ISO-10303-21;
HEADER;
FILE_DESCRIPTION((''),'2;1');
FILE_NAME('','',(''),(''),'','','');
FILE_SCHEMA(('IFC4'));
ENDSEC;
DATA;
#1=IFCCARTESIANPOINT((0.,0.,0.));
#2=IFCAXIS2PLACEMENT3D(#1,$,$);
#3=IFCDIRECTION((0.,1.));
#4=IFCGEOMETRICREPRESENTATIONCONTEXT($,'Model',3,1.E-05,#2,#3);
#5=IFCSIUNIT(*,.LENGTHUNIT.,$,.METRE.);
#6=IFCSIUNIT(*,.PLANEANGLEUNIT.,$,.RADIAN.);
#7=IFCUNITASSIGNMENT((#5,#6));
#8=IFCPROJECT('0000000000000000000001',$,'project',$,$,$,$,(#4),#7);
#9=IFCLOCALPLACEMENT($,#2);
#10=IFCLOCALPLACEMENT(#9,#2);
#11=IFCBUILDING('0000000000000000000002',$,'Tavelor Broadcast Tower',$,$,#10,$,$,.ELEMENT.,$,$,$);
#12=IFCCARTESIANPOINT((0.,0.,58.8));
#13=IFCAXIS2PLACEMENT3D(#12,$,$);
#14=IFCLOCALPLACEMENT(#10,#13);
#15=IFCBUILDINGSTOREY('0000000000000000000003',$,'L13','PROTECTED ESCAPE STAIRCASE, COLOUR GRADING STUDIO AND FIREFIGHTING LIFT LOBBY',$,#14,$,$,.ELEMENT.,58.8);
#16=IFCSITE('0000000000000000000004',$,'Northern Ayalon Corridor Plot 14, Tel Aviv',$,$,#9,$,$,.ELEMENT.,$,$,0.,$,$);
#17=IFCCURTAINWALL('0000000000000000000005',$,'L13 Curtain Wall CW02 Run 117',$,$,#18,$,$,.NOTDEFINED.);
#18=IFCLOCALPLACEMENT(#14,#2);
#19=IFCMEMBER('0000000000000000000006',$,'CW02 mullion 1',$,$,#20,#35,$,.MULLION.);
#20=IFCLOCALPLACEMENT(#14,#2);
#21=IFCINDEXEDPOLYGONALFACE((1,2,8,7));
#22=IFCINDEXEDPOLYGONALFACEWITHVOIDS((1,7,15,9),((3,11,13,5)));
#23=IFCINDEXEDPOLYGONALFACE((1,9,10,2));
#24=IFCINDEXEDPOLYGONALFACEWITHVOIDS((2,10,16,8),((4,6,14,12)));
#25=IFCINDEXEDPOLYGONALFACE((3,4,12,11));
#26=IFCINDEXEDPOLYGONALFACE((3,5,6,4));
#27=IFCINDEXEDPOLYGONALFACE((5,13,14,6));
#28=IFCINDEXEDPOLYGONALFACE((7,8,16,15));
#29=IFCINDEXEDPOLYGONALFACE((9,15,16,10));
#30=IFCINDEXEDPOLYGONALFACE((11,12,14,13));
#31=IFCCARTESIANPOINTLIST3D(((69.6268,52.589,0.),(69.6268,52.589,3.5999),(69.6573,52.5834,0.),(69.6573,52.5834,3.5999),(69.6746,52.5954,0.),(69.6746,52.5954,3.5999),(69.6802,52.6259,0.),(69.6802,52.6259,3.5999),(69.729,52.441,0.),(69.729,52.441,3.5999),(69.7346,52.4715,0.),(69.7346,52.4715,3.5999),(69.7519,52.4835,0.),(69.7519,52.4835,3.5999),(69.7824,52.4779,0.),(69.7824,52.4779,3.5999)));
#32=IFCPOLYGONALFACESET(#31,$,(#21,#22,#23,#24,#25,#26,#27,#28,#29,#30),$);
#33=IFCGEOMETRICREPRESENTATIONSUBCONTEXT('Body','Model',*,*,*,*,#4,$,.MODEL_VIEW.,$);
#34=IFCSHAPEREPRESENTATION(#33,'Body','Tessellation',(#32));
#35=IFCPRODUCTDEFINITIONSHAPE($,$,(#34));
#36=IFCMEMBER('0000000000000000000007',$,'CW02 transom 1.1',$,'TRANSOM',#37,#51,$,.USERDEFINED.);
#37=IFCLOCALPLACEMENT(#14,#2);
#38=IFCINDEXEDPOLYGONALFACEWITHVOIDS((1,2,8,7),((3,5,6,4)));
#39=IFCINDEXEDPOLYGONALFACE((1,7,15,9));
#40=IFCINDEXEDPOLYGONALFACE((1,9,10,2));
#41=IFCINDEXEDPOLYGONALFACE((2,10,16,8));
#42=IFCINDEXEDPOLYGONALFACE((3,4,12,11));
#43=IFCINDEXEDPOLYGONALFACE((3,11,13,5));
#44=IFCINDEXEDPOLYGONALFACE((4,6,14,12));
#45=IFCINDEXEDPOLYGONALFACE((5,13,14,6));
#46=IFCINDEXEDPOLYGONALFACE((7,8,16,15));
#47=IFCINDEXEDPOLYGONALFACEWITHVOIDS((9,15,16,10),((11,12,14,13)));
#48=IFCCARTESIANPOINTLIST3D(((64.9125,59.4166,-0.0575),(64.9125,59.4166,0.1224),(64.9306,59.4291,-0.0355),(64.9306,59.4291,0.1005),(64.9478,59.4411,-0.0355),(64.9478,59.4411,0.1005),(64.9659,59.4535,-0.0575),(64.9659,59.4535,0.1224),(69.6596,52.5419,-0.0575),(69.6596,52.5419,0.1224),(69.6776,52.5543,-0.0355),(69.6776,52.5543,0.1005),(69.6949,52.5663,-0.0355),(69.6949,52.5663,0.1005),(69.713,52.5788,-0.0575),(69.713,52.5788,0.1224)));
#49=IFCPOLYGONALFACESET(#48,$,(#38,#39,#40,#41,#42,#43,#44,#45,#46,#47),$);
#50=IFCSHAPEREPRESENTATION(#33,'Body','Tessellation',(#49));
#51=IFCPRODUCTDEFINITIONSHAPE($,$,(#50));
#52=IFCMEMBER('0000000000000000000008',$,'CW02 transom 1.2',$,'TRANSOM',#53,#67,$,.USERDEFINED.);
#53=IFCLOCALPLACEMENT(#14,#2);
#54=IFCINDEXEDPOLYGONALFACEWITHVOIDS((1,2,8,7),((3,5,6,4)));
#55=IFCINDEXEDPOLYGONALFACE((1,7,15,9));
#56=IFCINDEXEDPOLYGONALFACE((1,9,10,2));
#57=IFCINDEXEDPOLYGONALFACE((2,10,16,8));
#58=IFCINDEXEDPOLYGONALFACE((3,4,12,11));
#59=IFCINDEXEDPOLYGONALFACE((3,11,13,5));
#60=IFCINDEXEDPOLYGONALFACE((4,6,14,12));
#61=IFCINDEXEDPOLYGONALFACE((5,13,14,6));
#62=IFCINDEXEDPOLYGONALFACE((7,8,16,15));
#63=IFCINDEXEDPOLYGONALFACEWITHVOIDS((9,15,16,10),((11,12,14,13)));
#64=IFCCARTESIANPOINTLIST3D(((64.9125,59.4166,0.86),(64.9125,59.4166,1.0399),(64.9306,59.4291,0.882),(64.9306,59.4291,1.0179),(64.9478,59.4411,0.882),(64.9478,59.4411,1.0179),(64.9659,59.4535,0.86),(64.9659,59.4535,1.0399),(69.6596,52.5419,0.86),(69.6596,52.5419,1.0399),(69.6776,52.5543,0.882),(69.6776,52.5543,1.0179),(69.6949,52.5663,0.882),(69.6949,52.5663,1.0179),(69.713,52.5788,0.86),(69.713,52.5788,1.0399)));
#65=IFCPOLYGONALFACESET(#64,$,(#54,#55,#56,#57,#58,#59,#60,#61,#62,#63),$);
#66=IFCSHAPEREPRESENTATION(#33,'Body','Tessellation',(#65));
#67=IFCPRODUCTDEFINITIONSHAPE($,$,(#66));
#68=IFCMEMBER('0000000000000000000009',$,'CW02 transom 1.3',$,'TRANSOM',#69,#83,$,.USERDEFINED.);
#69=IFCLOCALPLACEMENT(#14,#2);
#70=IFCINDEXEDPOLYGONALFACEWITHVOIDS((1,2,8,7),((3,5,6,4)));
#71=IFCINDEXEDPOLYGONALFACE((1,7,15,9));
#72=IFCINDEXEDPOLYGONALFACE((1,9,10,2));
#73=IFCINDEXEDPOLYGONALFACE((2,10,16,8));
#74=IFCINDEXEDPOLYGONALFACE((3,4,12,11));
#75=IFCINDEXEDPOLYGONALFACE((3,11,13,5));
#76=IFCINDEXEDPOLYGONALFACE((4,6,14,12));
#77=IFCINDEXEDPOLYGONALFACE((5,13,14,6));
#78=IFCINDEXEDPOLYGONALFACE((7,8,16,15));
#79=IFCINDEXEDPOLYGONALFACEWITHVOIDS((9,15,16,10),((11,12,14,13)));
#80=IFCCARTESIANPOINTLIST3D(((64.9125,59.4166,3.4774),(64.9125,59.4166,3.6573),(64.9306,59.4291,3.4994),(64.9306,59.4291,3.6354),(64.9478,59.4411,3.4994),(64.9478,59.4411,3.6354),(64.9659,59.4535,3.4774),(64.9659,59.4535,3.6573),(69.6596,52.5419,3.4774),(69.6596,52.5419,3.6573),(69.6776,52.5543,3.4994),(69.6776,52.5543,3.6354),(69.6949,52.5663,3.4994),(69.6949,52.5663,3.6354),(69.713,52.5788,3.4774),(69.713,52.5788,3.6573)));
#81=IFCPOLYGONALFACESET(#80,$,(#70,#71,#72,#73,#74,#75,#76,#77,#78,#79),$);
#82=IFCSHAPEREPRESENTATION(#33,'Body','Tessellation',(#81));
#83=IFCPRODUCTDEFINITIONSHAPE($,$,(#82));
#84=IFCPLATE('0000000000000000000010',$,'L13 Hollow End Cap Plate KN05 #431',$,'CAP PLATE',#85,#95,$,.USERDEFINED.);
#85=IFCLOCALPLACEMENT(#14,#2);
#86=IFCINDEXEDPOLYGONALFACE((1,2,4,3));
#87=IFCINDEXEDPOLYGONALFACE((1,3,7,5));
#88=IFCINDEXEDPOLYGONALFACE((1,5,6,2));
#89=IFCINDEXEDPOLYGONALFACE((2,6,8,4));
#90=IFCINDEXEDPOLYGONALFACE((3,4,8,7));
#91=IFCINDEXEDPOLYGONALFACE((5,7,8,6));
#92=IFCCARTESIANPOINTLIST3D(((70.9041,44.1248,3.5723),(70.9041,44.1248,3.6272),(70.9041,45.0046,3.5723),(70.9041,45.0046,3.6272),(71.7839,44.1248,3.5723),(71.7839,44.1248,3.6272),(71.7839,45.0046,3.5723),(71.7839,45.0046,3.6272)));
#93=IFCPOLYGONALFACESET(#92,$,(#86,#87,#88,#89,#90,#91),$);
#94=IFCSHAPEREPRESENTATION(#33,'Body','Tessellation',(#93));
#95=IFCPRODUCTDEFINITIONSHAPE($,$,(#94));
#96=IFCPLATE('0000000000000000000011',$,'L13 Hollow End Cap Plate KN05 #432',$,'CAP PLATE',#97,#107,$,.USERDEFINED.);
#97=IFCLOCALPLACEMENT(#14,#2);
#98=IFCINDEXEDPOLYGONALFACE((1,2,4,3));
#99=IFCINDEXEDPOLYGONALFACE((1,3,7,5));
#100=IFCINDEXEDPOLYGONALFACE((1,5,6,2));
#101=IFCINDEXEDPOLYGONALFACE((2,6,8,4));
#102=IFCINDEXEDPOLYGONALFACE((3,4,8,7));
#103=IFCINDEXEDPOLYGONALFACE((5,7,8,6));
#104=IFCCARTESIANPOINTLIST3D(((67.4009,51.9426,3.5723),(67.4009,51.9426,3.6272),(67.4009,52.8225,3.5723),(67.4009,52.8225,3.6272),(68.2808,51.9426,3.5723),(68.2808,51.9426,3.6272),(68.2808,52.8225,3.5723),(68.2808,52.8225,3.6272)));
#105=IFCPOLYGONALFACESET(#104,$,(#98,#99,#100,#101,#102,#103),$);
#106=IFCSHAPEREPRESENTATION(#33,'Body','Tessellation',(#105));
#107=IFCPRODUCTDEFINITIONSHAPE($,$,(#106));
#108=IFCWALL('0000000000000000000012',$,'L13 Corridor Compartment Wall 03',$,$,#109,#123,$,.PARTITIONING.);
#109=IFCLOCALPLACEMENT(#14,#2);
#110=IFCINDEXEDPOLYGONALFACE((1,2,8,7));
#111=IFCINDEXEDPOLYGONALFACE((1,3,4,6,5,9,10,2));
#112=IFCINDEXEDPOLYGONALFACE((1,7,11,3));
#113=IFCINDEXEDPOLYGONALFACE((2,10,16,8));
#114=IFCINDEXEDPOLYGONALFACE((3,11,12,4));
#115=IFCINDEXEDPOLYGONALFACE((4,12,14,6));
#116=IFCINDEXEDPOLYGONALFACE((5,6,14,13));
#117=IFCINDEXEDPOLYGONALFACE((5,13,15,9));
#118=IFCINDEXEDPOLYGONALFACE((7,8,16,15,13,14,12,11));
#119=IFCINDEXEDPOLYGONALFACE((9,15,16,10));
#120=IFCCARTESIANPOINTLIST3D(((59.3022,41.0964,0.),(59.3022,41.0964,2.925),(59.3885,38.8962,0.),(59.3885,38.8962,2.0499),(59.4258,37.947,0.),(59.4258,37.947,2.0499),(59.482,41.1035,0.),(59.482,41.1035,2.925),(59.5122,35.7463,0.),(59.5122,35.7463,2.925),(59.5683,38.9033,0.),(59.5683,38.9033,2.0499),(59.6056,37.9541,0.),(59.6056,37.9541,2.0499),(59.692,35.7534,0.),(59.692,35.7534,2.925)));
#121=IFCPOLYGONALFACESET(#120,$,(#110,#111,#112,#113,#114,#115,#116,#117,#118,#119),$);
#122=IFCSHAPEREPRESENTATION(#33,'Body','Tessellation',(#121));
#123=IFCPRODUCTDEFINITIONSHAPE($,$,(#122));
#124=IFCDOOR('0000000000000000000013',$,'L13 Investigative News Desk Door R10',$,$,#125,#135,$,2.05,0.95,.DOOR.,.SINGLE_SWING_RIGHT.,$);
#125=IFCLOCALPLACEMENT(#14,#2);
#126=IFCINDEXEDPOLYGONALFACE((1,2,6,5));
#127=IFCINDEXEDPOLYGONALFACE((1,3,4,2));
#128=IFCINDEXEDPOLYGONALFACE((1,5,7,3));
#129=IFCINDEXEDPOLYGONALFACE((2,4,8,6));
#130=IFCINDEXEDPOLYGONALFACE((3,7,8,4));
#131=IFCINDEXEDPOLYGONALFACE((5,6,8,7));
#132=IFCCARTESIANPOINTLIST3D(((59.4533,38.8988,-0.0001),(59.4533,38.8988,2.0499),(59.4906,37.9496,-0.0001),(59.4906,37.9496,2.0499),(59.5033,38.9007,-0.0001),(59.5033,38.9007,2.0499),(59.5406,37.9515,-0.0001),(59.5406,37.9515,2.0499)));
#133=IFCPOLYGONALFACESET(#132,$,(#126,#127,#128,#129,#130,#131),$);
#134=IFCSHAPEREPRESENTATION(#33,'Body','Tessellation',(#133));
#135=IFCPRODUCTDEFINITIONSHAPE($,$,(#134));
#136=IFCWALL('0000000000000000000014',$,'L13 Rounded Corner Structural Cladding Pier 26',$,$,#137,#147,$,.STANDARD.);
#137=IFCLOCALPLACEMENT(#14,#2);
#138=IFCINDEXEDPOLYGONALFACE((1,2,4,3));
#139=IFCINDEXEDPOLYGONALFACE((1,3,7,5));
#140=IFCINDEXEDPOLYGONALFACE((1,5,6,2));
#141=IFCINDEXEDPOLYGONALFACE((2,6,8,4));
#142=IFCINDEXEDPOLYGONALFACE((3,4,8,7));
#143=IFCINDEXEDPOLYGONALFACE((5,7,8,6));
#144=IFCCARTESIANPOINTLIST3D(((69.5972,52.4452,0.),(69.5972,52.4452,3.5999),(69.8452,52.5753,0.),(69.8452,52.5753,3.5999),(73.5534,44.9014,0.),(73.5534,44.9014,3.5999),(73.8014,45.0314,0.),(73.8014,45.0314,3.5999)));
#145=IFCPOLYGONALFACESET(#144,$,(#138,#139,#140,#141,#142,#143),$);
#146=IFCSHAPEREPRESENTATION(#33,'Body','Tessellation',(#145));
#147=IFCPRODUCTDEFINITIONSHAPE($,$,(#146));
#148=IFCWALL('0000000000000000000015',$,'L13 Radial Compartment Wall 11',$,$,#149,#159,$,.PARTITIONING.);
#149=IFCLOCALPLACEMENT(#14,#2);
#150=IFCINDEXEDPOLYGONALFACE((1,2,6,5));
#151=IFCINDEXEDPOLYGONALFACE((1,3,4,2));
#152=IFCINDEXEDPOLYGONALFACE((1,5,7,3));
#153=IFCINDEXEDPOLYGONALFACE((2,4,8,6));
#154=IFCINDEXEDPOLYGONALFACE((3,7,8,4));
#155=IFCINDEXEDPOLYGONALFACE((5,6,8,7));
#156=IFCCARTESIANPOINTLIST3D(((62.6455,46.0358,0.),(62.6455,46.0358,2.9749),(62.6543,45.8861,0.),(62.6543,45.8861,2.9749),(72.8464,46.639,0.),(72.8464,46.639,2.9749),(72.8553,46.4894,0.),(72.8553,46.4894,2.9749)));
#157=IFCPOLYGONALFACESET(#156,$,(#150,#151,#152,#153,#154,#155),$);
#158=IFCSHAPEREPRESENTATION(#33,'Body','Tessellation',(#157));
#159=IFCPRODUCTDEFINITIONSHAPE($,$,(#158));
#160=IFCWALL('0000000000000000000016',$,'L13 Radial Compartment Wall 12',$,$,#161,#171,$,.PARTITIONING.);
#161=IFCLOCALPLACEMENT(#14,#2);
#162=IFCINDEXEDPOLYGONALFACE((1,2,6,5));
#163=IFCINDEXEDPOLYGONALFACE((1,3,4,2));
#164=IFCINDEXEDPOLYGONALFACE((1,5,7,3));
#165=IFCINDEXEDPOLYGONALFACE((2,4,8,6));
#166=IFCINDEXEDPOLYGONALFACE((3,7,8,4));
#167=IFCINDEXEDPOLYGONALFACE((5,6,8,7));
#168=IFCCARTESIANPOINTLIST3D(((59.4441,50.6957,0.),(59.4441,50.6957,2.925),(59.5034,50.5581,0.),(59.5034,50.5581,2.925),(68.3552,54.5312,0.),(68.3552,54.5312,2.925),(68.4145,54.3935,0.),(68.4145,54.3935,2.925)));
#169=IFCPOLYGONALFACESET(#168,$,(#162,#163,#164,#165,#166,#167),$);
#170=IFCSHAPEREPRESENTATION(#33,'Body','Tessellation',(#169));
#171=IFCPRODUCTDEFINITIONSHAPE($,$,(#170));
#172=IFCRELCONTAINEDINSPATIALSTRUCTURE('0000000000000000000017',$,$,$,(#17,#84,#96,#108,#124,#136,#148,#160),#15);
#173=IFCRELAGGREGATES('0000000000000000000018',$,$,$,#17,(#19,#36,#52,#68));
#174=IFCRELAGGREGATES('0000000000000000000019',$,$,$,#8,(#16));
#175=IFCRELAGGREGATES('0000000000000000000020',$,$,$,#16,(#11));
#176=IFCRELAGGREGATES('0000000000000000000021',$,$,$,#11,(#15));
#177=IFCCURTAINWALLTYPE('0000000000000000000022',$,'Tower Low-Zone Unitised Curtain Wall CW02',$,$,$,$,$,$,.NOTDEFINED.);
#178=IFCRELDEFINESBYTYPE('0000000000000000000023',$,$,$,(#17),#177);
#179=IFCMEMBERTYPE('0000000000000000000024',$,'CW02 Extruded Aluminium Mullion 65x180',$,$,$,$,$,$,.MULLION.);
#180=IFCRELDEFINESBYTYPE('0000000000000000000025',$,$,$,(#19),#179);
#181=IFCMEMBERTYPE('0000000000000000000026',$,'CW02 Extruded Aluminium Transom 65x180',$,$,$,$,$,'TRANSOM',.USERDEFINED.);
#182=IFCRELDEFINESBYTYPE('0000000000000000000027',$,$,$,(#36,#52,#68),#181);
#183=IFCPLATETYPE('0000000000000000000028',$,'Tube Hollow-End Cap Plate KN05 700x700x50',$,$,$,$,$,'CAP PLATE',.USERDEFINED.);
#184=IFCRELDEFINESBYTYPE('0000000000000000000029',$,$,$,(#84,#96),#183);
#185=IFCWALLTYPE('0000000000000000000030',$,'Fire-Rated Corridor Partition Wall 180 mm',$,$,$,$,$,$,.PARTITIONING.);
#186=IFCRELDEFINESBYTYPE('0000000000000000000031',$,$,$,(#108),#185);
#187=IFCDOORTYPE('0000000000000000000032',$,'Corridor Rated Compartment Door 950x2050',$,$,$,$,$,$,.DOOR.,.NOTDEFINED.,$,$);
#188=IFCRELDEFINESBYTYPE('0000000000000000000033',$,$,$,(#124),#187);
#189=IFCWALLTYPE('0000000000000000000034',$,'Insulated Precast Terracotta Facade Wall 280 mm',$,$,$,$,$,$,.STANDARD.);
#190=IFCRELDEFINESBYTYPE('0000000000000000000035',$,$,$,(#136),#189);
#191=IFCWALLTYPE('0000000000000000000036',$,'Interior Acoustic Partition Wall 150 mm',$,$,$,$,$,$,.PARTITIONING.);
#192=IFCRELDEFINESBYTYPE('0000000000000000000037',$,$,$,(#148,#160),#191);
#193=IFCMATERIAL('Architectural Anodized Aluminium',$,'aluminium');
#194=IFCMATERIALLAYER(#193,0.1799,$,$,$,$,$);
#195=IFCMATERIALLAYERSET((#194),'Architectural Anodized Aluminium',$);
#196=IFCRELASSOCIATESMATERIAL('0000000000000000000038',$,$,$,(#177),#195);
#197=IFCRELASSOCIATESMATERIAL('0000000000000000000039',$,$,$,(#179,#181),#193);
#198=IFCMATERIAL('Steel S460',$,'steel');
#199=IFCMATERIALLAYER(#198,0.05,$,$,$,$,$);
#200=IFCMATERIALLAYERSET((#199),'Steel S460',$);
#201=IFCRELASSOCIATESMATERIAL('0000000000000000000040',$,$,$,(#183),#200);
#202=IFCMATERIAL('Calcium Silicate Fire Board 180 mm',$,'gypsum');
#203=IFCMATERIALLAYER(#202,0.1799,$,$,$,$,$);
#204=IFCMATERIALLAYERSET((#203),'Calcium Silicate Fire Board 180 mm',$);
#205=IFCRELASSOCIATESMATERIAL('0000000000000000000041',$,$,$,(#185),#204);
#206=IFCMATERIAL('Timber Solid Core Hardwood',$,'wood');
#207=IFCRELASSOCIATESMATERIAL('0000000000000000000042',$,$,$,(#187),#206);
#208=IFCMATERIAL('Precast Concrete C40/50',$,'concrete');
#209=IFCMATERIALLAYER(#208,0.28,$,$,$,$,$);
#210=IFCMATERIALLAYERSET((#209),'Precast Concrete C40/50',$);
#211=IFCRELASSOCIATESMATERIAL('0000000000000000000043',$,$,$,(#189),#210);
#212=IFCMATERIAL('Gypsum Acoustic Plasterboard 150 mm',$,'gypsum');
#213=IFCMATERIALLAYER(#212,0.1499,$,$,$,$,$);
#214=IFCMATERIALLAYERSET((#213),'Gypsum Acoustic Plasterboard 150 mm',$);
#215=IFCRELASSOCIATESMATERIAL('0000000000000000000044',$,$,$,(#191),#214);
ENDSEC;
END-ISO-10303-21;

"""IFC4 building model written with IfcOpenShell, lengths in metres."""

from ifc_helpers import new_model, si_unit, direction, frame, frame_2d, origin, origin_2d, place, context, subcontext, project, spatial, rectangle, hollow_rectangle, extrude, source, transform, mapped, material, layer, layer_set, material_profile, profile_set, type_object, type_shapes, element, fill, aggregate, save


model = new_model("IFC4")

# Units and contexts
model_context = context("Model", 3, precision=1e-05, world=origin(), true_north=direction((0.0, 1.0)))
body_context = subcontext(model_context, "Body", "Model", "MODEL_VIEW")
ifc_project = project(units=[si_unit("LENGTHUNIT", "METRE"), si_unit("PLANEANGLEUNIT", "RADIAN")], contexts=[model_context])

# Site, building, storey
site_placement = place(None, origin())
site = spatial("IfcSite", under=ifc_project, at=site_placement, Name="Northern Ayalon Corridor Plot 14, Tel Aviv", CompositionType="ELEMENT", RefElevation=0.0)
building_placement = place(site_placement, origin())
building = spatial("IfcBuilding", under=site, at=building_placement, Name="Tavelor Broadcast Tower", CompositionType="ELEMENT")
storey_placement = place(building_placement, frame((0.0, 0.0, 58.8)))
storey = spatial("IfcBuildingStorey", under=building, at=storey_placement, Name="L13", Description="PROTECTED ESCAPE STAIRCASE, COLOUR GRADING STUDIO AND FIREFIGHTING LIFT LOBBY", CompositionType="ELEMENT", Elevation=58.8)

# Shared definitions
ifc_material_1 = material(Name="Steel S460", Category="steel")

# Curtain wall, members
ifc_material_2 = material(Name="Architectural Anodized Aluminium", Category="aluminium")
ifc_layer_1 = layer(ifc_material_2, 0.1799)
ifc_layer_set_1 = layer_set([ifc_layer_1], Name="Architectural Anodized Aluminium")
curtain_wall_type = type_object("IfcCurtainWallType", Name="Tower Low-Zone Unitised Curtain Wall CW02", PredefinedType="NOTDEFINED", material=ifc_layer_set_1)
curtain_wall_placement = place(storey_placement, origin())
curtain_wall = element("IfcCurtainWall", 1, at=curtain_wall_placement, inside=storey, type_object=curtain_wall_type, Name="L13 Curtain Wall CW02 Run 117", PredefinedType="NOTDEFINED")
ifc_material_profile_1 = material_profile(ifc_material_2, hollow_rectangle(XDim=0.0649, YDim=0.1799, WallThickness=0.022, at=origin_2d()), Name="RHS 65x180x22")
ifc_profile_set_1 = profile_set([ifc_material_profile_1], Name="Architectural Anodized Aluminium")
member_type_1 = type_object("IfcMemberType", Name="CW02 Extruded Aluminium Mullion 65x180", PredefinedType="MULLION", material=ifc_profile_set_1)
shared_shape_1 = source(origin(), body_context, "Body", "SweptSolid", [
    extrude(hollow_rectangle(XDim=0.0649, YDim=0.1799, WallThickness=0.022, at=origin_2d()), origin(), (0.0, 0.0, 1.0), 3.5999),
])
type_shapes(member_type_1, [shared_shape_1])
member_1_placement = place(storey_placement, frame((69.7046, 52.5334, 0.0), z_axis=(0.0, 0.0, 1.0), x_axis=(-0.82289, -0.568201, 0.0)))
member_1 = element("IfcMember", 2, at=member_1_placement, type_object=member_type_1, Name="CW02 mullion 1", PredefinedType="MULLION", context=body_context, shape_type="MappedRepresentation", body=[
    mapped(shared_shape_1, transform((0.0, 0.0, 0.0), scale=1.0)),
])
ifc_material_profile_2 = material_profile(ifc_material_2, hollow_rectangle(XDim=0.0649, YDim=0.1799, WallThickness=0.022, at=origin_2d()), Name="RHS 65x180x22")
ifc_profile_set_2 = profile_set([ifc_material_profile_2], Name="Architectural Anodized Aluminium")
member_type_2 = type_object("IfcMemberType", Name="CW02 Extruded Aluminium Transom 65x180", ElementType="TRANSOM", PredefinedType="USERDEFINED", material=ifc_profile_set_2)
shared_shape_2 = source(origin(), body_context, "Body", "SweptSolid", [
    extrude(hollow_rectangle(XDim=0.0649, YDim=0.1799, WallThickness=0.022, at=origin_2d()), origin(), (0.0, 0.0, 1.0), 8.3545),
])
type_shapes(member_type_2, [shared_shape_2])
member_2_placement = place(storey_placement, frame((69.6863, 52.5603, 0.0325), z_axis=(-0.568208, 0.822885, 0.0), x_axis=(-0.822885, -0.568208, 0.0)))
member_2 = element("IfcMember", 3, at=member_2_placement, type_object=member_type_2, Name="CW02 transom 1.1", ObjectType="TRANSOM", PredefinedType="USERDEFINED", context=body_context, shape_type="MappedRepresentation", body=[
    mapped(shared_shape_2, transform((0.0, 0.0, 0.0), scale=1.0)),
])
member_3_placement = place(storey_placement, frame((69.6863, 52.5603, 0.95), z_axis=(-0.568208, 0.822885, 0.0), x_axis=(-0.822885, -0.568208, 0.0)))
member_3 = element("IfcMember", 4, at=member_3_placement, type_object=member_type_2, Name="CW02 transom 1.2", ObjectType="TRANSOM", PredefinedType="USERDEFINED", context=body_context, shape_type="MappedRepresentation", body=[
    mapped(shared_shape_2, transform((0.0, 0.0, 0.0), scale=1.0)),
])
member_4_placement = place(storey_placement, frame((69.6863, 52.5603, 3.5674), z_axis=(-0.568208, 0.822885, 0.0), x_axis=(-0.822885, -0.568208, 0.0)))
member_4 = element("IfcMember", 5, at=member_4_placement, type_object=member_type_2, Name="CW02 transom 1.3", ObjectType="TRANSOM", PredefinedType="USERDEFINED", context=body_context, shape_type="MappedRepresentation", body=[
    mapped(shared_shape_2, transform((0.0, 0.0, 0.0), scale=1.0)),
])
aggregate(curtain_wall, [member_1, member_2, member_3, member_4])

# Plates
ifc_layer_2 = layer(ifc_material_1, 0.05)
ifc_layer_set_2 = layer_set([ifc_layer_2], Name="Steel S460")
plate_type = type_object("IfcPlateType", Name="Tube Hollow-End Cap Plate KN05 700x700x50", ElementType="CAP PLATE", PredefinedType="USERDEFINED", material=ifc_layer_set_2)
shared_shape_3 = source(origin(), body_context, "Body", "SweptSolid", [
    extrude(rectangle(XDim=0.8799, YDim=0.8799, at=origin_2d()), origin(), (0.0, 0.0, 1.0), 0.0549),
])
type_shapes(plate_type, [shared_shape_3])
for number, where, z_axis, x_axis, name in (
    (6, (71.344, 44.5647, 3.5723), (0.0, 0.0, 1.0), (1.0, 0.0, 0.0), "L13 Hollow End Cap Plate KN05 #431"),
    (7, (67.8408, 52.3826, 3.5723), (0.0, 0.0, 1.0), (1.0, 0.0, 0.0), "L13 Hollow End Cap Plate KN05 #432"),
):
    element("IfcPlate", number, at=place(storey_placement, frame(where, z_axis=z_axis, x_axis=x_axis)), inside=storey, type_object=plate_type, Name=name, ObjectType="CAP PLATE", PredefinedType="USERDEFINED", context=body_context, shape_type="MappedRepresentation", body=[
        mapped(shared_shape_3, transform((0.0, 0.0, 0.0), scale=1.0)),
    ])

# Wall, opening, door
ifc_material_3 = material(Name="Calcium Silicate Fire Board 180 mm", Category="gypsum")
ifc_layer_3 = layer(ifc_material_3, 0.1799)
ifc_layer_set_3 = layer_set([ifc_layer_3], Name="Calcium Silicate Fire Board 180 mm")
wall_type_1 = type_object("IfcWallType", Name="Fire-Rated Corridor Partition Wall 180 mm", PredefinedType="PARTITIONING", material=ifc_layer_set_3)
wall_1_placement = place(storey_placement, frame((59.3921, 41.1001, 0.0), z_axis=(0.0, 0.0, 1.0), x_axis=(0.039214, -0.999231, 0.0)))
wall_1 = element("IfcWall", 8, at=wall_1_placement, inside=storey, type_object=wall_type_1, Name="L13 Corridor Compartment Wall 03", PredefinedType="PARTITIONING", context=body_context, shape_type="SweptSolid", body=[
    extrude(rectangle(XDim=5.3542, YDim=0.1799, at=frame_2d((2.6772, 0.0))), origin(), (0.0, 0.0, 1.0), 2.925),
])
opening_1_placement = place(wall_1_placement, frame((2.2019, 0.0, 0.0)))
opening_1 = element("IfcOpeningElement", 9, at=opening_1_placement, cuts=wall_1, PredefinedType="OPENING", context=body_context, shape_type="SweptSolid", body=[
    extrude(rectangle(XDim=0.95, YDim=2.05, at=frame_2d((0.4751, 1.0249))), frame((0.0, 0.1001, 0.0), z_axis=(0.0, -1.0, 0.0), x_axis=(1.0, 0.0, 0.0)), (0.0, 0.0, 1.0), 0.2),
])
ifc_material_4 = material(Name="Timber Solid Core Hardwood", Category="wood")
door_type_1 = type_object("IfcDoorType", Name="Corridor Rated Compartment Door 950x2050", OperationType="NOTDEFINED", PredefinedType="DOOR", material=ifc_material_4)
door_1_placement = place(opening_1_placement, origin())
door_1 = element("IfcDoor", 10, at=door_1_placement, inside=storey, type_object=door_type_1, Name="L13 Investigative News Desk Door R10", OperationType="SINGLE_SWING_RIGHT", OverallHeight=2.05, OverallWidth=0.95, PredefinedType="DOOR", context=body_context, shape_type="SweptSolid", body=[
    extrude(rectangle(XDim=0.95, YDim=2.05, at=frame_2d((0.4751, 1.0249))), frame((0.0, 0.0249, 0.0), z_axis=(0.0, -1.0, 0.0), x_axis=(1.0, 0.0, 0.0)), (0.0, 0.0, 1.0), 0.05),
])
fill(opening_1, door_1)

# Walls
ifc_material_5 = material(Name="Precast Concrete C40/50", Category="concrete")
ifc_layer_4 = layer(ifc_material_5, 0.28)
ifc_layer_set_4 = layer_set([ifc_layer_4], Name="Precast Concrete C40/50")
wall_type_2 = type_object("IfcWallType", Name="Insulated Precast Terracotta Facade Wall 280 mm", PredefinedType="STANDARD", material=ifc_layer_set_4)
wall_2_placement = place(storey_placement, frame((73.6775, 44.9663, 0.0), z_axis=(0.0, 0.0, 1.0), x_axis=(-0.464441, 0.885604, 0.0)))
element("IfcWall", 11, at=wall_2_placement, inside=storey, type_object=wall_type_2, Name="L13 Rounded Corner Structural Cladding Pier 26", PredefinedType="STANDARD", context=body_context, shape_type="SweptSolid", body=[
    extrude(rectangle(XDim=8.5183, YDim=0.28, at=frame_2d((4.2593, 0.0))), origin(), (0.0, 0.0, 1.0), 3.5999),
])
ifc_material_6 = material(Name="Gypsum Acoustic Plasterboard 150 mm", Category="gypsum")
ifc_layer_5 = layer(ifc_material_6, 0.1499)
ifc_layer_set_5 = layer_set([ifc_layer_5], Name="Gypsum Acoustic Plasterboard 150 mm")
wall_type_3 = type_object("IfcWallType", Name="Interior Acoustic Partition Wall 150 mm", PredefinedType="PARTITIONING", material=ifc_layer_set_5)
wall_3_placement = place(storey_placement, frame((62.6499, 45.9609, 0.0), z_axis=(0.0, 0.0, 1.0), x_axis=(0.998256, 0.059036, 0.0)))
element("IfcWall", 12, at=wall_3_placement, inside=storey, type_object=wall_type_3, Name="L13 Radial Compartment Wall 11", PredefinedType="PARTITIONING", context=body_context, shape_type="SweptSolid", body=[
    extrude(rectangle(XDim=10.2188, YDim=0.1499, at=frame_2d((5.1094, 0.0))), origin(), (0.0, 0.0, 1.0), 2.9749),
])
wall_4_placement = place(storey_placement, frame((59.4739, 50.627, 0.0), z_axis=(0.0, 0.0, 1.0), x_axis=(0.918532, 0.395346, 0.0)))
element("IfcWall", 13, at=wall_4_placement, inside=storey, type_object=wall_type_3, Name="L13 Radial Compartment Wall 12", PredefinedType="PARTITIONING", context=body_context, shape_type="SweptSolid", body=[
    extrude(rectangle(XDim=9.7014, YDim=0.1499, at=frame_2d((4.8506, 0.0))), origin(), (0.0, 0.0, 1.0), 2.925),
])

save(model, "model.ifc")
